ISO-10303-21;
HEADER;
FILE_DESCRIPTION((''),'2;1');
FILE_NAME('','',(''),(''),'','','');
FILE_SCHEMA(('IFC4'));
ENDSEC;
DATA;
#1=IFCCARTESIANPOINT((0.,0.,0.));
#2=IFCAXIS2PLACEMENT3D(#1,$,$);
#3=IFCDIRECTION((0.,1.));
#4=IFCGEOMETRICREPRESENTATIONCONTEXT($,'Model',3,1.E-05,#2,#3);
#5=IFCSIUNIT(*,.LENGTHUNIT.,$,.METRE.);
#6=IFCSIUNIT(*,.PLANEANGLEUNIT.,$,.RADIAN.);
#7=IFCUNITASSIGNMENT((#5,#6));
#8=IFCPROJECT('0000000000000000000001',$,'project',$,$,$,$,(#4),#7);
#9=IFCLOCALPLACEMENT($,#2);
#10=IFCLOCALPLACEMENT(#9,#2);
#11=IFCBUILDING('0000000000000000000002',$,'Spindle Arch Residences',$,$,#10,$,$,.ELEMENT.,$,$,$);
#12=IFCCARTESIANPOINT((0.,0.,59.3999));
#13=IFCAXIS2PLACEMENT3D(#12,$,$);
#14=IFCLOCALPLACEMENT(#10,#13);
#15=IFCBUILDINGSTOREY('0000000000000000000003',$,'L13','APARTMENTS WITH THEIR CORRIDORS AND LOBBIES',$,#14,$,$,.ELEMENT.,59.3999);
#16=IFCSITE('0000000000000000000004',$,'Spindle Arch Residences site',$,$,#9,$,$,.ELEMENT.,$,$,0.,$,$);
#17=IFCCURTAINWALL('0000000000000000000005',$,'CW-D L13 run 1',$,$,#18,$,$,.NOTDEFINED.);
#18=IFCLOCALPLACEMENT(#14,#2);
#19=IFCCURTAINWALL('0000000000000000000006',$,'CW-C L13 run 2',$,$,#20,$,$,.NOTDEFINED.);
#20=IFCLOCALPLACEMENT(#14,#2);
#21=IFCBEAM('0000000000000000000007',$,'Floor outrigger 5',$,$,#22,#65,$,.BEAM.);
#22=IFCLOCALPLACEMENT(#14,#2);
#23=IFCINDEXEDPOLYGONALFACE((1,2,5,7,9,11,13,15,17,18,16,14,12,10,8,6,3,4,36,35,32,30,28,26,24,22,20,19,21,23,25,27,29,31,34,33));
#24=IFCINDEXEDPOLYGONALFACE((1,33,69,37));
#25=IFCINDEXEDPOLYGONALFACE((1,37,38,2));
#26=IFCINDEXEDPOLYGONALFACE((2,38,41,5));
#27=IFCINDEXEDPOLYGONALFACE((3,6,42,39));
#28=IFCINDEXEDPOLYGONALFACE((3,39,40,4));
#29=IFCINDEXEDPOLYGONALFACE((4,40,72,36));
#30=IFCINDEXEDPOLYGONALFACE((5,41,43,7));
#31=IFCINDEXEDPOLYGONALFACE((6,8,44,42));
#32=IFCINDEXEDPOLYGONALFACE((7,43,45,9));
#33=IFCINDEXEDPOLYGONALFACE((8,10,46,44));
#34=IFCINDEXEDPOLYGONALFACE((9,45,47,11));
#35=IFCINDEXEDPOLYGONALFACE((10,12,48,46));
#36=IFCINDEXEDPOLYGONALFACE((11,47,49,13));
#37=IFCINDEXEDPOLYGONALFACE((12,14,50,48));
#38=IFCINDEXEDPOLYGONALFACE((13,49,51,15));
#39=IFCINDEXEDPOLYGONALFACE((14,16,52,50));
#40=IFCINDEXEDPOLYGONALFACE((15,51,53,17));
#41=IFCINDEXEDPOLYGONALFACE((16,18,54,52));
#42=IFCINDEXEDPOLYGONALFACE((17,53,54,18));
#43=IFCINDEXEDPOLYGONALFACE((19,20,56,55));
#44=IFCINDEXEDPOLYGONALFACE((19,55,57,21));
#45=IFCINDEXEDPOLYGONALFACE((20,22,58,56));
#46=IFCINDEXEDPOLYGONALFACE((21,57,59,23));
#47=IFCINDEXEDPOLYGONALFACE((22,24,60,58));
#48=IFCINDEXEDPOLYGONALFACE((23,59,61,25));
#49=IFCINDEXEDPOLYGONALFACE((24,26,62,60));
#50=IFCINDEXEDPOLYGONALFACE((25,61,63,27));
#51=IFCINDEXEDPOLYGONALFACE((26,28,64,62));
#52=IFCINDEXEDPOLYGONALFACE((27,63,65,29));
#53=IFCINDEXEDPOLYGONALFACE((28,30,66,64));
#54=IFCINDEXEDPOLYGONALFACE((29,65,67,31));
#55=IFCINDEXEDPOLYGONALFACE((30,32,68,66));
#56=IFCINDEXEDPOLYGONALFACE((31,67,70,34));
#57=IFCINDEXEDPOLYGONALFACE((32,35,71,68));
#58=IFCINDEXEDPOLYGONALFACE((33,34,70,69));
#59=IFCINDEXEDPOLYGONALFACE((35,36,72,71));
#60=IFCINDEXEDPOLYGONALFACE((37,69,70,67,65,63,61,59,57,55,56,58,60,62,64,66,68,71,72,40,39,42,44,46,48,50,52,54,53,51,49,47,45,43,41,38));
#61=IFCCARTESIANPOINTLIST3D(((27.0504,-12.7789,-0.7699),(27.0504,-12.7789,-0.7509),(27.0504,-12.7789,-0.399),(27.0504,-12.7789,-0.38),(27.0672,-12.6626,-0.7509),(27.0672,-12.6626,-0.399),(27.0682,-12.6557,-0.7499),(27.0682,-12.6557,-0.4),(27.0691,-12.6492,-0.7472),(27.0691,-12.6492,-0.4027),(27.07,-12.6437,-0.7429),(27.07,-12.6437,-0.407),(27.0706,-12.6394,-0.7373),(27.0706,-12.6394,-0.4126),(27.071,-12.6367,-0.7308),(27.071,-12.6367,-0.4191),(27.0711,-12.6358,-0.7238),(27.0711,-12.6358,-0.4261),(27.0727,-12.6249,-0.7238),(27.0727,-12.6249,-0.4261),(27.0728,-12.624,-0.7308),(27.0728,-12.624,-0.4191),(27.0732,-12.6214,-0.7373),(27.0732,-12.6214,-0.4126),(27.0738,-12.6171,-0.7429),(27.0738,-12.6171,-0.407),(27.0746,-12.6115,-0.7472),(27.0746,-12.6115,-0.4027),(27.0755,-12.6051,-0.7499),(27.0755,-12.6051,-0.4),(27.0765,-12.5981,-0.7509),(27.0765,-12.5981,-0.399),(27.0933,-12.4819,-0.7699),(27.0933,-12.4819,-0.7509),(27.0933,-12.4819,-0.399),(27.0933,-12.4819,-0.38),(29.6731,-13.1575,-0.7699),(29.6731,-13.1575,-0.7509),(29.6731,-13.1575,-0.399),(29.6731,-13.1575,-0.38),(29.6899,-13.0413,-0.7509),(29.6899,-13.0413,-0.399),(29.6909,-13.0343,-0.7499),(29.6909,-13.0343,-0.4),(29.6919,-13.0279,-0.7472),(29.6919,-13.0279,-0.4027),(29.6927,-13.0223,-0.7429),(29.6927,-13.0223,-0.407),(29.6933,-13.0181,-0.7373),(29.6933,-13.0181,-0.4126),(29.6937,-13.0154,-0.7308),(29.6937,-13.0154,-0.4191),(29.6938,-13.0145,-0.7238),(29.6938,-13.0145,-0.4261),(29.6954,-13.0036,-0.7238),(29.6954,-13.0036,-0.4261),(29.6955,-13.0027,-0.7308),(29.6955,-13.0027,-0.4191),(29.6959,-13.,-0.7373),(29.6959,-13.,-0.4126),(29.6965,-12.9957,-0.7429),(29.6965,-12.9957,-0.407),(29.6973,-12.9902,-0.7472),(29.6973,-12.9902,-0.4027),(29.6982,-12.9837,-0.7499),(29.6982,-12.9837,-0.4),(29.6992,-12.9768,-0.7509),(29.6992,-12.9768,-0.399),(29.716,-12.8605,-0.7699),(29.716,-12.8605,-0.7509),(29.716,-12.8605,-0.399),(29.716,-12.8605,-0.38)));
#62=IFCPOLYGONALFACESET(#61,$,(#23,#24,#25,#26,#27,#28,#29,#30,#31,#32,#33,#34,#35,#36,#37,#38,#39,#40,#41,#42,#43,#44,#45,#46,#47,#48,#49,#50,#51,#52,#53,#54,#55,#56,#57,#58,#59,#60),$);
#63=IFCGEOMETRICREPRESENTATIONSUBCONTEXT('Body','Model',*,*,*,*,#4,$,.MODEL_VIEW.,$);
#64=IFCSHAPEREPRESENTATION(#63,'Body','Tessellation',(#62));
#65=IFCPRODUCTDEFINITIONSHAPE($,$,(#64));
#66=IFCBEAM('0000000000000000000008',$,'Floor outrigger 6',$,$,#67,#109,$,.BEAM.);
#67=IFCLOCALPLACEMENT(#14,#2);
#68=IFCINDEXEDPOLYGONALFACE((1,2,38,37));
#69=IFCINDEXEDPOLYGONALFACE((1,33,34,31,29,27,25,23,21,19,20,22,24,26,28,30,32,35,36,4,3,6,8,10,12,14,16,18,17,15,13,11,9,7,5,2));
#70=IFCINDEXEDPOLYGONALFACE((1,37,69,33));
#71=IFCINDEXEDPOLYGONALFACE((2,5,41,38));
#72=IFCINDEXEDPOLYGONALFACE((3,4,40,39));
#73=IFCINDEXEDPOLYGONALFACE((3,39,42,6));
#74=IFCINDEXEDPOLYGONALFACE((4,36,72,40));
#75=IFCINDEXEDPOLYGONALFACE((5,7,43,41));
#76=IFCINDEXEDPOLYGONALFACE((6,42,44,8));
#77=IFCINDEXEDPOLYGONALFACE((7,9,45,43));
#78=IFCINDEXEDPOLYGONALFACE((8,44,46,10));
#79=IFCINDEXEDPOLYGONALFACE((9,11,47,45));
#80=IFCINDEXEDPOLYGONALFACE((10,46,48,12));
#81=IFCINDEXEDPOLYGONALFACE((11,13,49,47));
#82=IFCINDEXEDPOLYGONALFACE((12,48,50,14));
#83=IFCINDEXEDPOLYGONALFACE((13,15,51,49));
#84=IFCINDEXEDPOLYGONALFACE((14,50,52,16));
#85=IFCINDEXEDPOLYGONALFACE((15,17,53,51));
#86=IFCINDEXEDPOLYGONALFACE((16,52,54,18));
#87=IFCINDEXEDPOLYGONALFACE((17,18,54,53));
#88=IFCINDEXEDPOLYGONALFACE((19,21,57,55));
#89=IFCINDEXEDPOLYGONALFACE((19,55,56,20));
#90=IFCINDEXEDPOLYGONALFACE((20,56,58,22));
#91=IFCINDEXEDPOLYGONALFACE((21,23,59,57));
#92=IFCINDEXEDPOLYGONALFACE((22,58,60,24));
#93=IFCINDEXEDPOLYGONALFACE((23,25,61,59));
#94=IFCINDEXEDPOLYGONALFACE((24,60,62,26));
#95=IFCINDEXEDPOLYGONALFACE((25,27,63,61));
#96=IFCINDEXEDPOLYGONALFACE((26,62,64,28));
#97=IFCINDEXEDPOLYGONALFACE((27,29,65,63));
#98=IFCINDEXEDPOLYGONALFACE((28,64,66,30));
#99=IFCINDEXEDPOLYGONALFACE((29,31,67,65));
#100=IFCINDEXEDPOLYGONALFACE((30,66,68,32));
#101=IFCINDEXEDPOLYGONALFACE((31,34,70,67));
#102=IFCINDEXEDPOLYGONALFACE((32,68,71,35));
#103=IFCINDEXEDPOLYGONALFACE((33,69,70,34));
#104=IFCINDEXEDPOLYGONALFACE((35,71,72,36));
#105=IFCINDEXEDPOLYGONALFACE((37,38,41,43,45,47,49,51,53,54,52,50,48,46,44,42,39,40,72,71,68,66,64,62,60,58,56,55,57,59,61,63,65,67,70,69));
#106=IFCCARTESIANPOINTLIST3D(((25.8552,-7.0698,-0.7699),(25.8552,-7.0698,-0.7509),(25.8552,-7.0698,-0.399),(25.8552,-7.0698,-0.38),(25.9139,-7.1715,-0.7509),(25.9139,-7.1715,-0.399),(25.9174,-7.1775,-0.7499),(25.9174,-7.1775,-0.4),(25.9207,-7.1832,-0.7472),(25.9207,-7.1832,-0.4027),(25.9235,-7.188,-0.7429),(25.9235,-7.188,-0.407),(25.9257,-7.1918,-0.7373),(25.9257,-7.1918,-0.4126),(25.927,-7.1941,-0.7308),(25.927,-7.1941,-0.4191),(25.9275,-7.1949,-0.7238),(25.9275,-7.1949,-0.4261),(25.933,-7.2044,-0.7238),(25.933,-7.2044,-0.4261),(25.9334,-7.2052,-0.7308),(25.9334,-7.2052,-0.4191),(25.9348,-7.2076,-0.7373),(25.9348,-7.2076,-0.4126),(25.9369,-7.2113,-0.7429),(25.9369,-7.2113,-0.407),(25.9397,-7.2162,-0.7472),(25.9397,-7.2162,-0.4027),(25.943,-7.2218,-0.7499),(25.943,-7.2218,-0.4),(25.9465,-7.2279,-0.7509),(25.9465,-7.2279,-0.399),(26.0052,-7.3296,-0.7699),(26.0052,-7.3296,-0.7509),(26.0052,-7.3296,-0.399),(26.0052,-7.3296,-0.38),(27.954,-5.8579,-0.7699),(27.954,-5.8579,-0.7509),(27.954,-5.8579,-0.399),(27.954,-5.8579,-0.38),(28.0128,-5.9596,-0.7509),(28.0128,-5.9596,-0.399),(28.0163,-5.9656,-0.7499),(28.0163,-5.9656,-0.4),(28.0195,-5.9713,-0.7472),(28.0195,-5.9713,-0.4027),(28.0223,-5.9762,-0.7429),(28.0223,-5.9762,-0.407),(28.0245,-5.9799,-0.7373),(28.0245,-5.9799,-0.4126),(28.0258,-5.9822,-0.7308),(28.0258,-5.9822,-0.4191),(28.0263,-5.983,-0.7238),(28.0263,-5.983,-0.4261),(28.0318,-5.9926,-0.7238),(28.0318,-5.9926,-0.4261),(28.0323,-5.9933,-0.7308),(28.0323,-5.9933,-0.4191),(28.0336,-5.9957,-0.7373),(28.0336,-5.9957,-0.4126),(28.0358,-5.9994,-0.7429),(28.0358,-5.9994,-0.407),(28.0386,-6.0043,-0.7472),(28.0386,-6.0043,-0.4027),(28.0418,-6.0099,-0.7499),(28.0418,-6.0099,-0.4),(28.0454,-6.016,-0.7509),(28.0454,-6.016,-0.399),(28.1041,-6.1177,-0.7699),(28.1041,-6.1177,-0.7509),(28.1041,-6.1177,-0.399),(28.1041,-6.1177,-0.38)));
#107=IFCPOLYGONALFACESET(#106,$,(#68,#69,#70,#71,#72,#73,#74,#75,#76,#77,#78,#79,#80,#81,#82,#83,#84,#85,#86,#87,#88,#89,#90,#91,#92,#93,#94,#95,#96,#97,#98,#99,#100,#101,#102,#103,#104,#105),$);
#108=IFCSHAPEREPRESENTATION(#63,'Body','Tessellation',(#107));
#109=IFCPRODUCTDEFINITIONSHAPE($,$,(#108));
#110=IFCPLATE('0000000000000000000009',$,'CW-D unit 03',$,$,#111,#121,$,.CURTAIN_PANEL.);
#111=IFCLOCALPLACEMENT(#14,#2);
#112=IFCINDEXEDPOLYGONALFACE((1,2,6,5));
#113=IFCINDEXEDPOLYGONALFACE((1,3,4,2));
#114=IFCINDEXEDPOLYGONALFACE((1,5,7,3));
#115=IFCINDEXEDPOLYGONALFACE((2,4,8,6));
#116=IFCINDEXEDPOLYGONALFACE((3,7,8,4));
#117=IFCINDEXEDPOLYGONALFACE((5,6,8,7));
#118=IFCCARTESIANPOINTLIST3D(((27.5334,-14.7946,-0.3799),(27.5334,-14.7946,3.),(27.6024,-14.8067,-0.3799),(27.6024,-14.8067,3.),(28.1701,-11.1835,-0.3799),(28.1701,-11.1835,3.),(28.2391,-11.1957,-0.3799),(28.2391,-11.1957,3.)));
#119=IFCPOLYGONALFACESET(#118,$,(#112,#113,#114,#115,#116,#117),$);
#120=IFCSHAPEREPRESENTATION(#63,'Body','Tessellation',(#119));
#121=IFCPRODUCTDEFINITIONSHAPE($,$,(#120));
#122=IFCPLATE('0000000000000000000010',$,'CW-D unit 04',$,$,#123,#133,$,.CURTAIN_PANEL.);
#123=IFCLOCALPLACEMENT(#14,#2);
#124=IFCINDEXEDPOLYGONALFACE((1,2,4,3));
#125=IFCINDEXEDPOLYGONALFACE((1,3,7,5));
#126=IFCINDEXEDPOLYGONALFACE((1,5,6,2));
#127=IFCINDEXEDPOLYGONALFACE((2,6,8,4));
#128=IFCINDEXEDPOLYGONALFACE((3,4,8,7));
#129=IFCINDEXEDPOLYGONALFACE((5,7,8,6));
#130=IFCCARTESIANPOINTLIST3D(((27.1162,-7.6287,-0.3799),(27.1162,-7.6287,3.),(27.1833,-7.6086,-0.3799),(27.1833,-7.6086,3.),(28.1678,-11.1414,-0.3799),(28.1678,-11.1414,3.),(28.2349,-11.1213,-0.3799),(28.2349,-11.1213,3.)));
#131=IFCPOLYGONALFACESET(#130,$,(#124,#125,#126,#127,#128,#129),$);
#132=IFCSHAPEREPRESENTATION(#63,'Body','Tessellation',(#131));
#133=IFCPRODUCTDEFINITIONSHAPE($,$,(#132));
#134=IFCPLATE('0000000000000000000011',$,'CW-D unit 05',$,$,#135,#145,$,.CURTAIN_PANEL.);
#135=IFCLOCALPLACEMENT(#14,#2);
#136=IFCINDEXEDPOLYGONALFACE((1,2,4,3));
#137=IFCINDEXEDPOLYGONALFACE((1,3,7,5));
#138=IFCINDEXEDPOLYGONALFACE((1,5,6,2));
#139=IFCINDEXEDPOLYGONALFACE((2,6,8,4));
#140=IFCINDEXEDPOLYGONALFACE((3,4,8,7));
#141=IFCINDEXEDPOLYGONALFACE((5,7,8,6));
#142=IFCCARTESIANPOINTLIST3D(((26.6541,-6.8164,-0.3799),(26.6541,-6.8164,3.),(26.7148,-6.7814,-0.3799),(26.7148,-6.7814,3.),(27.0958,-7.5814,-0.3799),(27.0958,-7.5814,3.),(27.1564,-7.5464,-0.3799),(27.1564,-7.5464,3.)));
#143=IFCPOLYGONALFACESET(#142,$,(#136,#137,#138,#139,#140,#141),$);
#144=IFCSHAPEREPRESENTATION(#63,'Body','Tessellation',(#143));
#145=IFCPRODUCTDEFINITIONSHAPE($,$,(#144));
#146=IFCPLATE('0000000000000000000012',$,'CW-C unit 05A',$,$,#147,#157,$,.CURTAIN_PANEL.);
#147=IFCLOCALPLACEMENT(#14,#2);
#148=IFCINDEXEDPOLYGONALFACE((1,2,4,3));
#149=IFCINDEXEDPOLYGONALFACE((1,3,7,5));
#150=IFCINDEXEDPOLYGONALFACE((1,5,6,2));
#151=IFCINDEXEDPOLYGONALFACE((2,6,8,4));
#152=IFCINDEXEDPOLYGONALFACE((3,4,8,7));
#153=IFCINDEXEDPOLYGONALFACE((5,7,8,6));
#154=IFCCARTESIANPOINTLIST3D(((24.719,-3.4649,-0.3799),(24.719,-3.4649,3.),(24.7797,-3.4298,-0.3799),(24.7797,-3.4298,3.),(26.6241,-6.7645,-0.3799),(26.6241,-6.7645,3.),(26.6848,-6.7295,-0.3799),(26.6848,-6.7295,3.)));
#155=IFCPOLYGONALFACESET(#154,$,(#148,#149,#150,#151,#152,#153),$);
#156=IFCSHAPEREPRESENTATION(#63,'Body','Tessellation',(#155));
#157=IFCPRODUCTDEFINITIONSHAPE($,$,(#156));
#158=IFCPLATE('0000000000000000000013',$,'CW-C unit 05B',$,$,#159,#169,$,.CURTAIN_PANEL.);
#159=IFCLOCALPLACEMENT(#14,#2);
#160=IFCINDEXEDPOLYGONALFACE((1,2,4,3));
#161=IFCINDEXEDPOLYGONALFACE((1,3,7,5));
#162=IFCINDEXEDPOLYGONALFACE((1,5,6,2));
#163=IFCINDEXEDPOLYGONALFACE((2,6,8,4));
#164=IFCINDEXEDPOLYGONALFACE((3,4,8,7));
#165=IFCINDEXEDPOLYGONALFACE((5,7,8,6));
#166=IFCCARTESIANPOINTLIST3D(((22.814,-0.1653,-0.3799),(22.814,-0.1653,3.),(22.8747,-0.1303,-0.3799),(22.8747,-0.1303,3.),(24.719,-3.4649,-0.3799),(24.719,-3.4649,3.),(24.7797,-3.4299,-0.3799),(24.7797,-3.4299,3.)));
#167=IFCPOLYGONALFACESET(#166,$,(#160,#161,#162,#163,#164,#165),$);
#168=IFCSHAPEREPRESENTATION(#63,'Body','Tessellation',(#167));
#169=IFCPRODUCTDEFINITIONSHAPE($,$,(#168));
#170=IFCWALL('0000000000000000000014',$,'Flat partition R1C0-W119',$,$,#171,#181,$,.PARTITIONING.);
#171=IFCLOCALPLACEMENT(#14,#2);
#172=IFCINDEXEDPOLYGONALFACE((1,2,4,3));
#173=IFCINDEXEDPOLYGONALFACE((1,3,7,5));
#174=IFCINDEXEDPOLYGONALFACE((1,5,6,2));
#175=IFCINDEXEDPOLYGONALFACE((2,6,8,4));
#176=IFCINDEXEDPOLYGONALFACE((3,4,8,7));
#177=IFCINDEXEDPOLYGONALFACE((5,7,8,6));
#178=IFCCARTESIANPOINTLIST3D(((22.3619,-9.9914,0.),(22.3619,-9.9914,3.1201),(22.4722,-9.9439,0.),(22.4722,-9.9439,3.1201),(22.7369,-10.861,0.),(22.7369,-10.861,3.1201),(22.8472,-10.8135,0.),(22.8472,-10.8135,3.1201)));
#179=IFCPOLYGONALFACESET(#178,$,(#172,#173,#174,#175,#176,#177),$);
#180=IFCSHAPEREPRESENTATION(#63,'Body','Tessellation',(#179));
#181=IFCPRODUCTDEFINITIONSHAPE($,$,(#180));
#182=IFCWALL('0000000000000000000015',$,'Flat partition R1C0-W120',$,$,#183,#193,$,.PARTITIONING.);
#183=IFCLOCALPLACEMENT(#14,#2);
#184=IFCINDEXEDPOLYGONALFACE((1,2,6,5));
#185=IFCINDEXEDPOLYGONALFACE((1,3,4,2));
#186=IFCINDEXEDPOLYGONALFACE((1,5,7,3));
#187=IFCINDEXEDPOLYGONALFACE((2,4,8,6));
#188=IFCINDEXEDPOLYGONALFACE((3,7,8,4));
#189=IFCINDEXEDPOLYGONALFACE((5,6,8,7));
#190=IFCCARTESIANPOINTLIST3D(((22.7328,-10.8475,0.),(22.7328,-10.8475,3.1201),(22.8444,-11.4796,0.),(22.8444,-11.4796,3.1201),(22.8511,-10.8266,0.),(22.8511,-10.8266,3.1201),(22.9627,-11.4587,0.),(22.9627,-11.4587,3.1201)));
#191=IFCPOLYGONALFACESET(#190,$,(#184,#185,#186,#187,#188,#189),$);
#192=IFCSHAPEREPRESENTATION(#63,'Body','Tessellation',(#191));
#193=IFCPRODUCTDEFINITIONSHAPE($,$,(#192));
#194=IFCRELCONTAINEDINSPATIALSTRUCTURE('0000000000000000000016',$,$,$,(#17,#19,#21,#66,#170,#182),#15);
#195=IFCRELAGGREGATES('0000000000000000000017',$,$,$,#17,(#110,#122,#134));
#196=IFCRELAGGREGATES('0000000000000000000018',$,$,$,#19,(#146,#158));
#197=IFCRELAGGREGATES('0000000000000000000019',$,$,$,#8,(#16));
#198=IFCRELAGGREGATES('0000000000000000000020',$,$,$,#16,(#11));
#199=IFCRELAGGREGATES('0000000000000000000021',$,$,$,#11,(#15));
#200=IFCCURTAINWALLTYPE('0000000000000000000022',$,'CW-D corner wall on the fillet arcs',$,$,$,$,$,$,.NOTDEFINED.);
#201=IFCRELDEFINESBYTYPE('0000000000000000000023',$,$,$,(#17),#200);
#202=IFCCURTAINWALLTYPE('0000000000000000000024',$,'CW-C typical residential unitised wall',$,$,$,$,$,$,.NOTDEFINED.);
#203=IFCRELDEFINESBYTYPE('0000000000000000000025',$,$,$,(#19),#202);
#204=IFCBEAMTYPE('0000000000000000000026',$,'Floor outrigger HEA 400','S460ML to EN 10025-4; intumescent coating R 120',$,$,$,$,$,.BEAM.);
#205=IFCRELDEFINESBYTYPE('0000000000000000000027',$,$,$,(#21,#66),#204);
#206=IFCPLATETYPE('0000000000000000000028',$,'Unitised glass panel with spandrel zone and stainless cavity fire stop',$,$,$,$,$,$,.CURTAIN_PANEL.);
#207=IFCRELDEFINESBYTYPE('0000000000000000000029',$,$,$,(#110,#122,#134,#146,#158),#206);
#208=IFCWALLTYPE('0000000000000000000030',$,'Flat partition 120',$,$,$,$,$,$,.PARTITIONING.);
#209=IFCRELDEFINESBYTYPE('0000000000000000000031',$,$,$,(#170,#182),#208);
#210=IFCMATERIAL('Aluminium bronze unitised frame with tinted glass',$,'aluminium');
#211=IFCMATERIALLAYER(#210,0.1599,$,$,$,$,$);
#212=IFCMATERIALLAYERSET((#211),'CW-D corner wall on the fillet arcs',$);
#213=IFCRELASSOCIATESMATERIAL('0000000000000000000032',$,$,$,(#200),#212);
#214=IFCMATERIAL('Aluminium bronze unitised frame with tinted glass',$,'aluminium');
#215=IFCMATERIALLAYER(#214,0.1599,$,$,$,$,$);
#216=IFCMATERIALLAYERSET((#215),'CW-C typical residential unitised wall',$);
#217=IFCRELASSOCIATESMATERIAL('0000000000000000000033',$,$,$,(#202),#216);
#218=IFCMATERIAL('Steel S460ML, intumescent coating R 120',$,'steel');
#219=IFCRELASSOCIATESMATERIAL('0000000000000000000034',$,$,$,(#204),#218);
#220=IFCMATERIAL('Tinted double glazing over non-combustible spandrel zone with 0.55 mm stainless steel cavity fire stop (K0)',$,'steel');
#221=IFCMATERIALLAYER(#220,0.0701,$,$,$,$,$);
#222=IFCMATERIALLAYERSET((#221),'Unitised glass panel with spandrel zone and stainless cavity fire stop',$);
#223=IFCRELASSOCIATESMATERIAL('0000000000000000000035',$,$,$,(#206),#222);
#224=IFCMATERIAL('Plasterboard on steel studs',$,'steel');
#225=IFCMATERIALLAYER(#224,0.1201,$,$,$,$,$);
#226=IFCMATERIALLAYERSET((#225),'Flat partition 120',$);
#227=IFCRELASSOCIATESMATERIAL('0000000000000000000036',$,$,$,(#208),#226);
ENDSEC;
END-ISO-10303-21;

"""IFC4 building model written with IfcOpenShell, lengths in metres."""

from ifc_helpers import new_model, si_unit, direction, frame, frame_2d, origin, origin_2d, place, context, subcontext, project, spatial, rectangle, i_section, extrude, material, layer, layer_set, material_profile, profile_set, type_object, element, aggregate, save


model = new_model("IFC4")

# Units and contexts
model_context = context("Model", 3, precision=1e-05, world=origin(), true_north=direction((0.0, 1.0)))
body_context = subcontext(model_context, "Body", "Model", "MODEL_VIEW")
ifc_project = project(units=[si_unit("LENGTHUNIT", "METRE"), si_unit("PLANEANGLEUNIT", "RADIAN")], contexts=[model_context])

# Site, building, storey
site_placement = place(None, origin())
site = spatial("IfcSite", under=ifc_project, at=site_placement, Name="Spindle Arch Residences site", CompositionType="ELEMENT", RefElevation=0.0)
building_placement = place(site_placement, origin())
building = spatial("IfcBuilding", under=site, at=building_placement, Name="Spindle Arch Residences", CompositionType="ELEMENT")
storey_placement = place(building_placement, frame((0.0, 0.0, 59.3999)))
storey = spatial("IfcBuildingStorey", under=building, at=storey_placement, Name="L13", Description="APARTMENTS WITH THEIR CORRIDORS AND LOBBIES", CompositionType="ELEMENT", Elevation=59.3999)

# Curtain walls
ifc_material_1 = material(Name="Aluminium bronze unitised frame with tinted glass", Category="aluminium")
ifc_layer_1 = layer(ifc_material_1, 0.1599)
ifc_layer_set_1 = layer_set([ifc_layer_1], Name="CW-D corner wall on the fillet arcs")
curtain_wall_type_1 = type_object("IfcCurtainWallType", Name="CW-D corner wall on the fillet arcs", PredefinedType="NOTDEFINED", material=ifc_layer_set_1)
curtain_wall_1_placement = place(storey_placement, origin())
curtain_wall_1 = element("IfcCurtainWall", 1, at=curtain_wall_1_placement, inside=storey, type_object=curtain_wall_type_1, Name="CW-D L13 run 1", PredefinedType="NOTDEFINED")
ifc_material_2 = material(Name="Aluminium bronze unitised frame with tinted glass", Category="aluminium")
ifc_layer_2 = layer(ifc_material_2, 0.1599)
ifc_layer_set_2 = layer_set([ifc_layer_2], Name="CW-C typical residential unitised wall")
curtain_wall_type_2 = type_object("IfcCurtainWallType", Name="CW-C typical residential unitised wall", PredefinedType="NOTDEFINED", material=ifc_layer_set_2)
curtain_wall_2_placement = place(storey_placement, origin())
curtain_wall_2 = element("IfcCurtainWall", 2, at=curtain_wall_2_placement, inside=storey, type_object=curtain_wall_type_2, Name="CW-C L13 run 2", PredefinedType="NOTDEFINED")

# Beams
ifc_material_3 = material(Name="Steel S460ML, intumescent coating R 120", Category="steel")
ifc_material_profile_1 = material_profile(ifc_material_3, i_section(OverallWidth=0.3, OverallDepth=0.3899, WebThickness=0.011, FlangeThickness=0.019, FilletRadius=0.0271, at=origin_2d()), Name="HEA 400")
ifc_profile_set_1 = profile_set([ifc_material_profile_1], Name="Steel S460ML, intumescent coating R 120")
beam_type_1 = type_object("IfcBeamType", Name="Floor outrigger HEA 400", Description="S460ML to EN 10025-4; intumescent coating R 120", PredefinedType="BEAM", material=ifc_profile_set_1)
beam_1_placement = place(storey_placement, frame((29.6946, -13.009, -0.575), z_axis=(-0.989738, 0.142892, 0.0), x_axis=(-0.142892, -0.989738, 0.0)))
element("IfcBeam", 3, at=beam_1_placement, inside=storey, type_object=beam_type_1, Name="Floor outrigger 5", PredefinedType="BEAM", context=body_context, shape_type="SweptSolid", body=[
    extrude(i_section(OverallWidth=0.3, OverallDepth=0.3899, WebThickness=0.011, FlangeThickness=0.019, FilletRadius=0.0271, at=origin_2d()), origin(), (0.0, 0.0, 1.0), 2.6499),
])
beam_2_placement = place(storey_placement, frame((28.0291, -5.9878, -0.575), z_axis=(-0.866003, -0.500039, 0.0), x_axis=(0.500039, -0.866003, 0.0)))
element("IfcBeam", 4, at=beam_2_placement, inside=storey, type_object=beam_type_1, Name="Floor outrigger 6", PredefinedType="BEAM", context=body_context, shape_type="SweptSolid", body=[
    extrude(i_section(OverallWidth=0.3, OverallDepth=0.3899, WebThickness=0.011, FlangeThickness=0.019, FilletRadius=0.0271, at=origin_2d()), origin(), (0.0, 0.0, 1.0), 2.4236),
])

# Plates
ifc_material_4 = material(Name="Tinted double glazing over non-combustible spandrel zone with 0.55 mm stainless steel cavity fire stop (K0)", Category="steel")
ifc_layer_3 = layer(ifc_material_4, 0.0701)
ifc_layer_set_3 = layer_set([ifc_layer_3], Name="Unitised glass panel with spandrel zone and stainless cavity fire stop")
plate_type = type_object("IfcPlateType", Name="Unitised glass panel with spandrel zone and stainless cavity fire stop", PredefinedType="CURTAIN_PANEL", material=ifc_layer_set_3)
plate_1_placement = place(storey_placement, frame((27.8862, -12.9951, -0.3799), z_axis=(0.0, 0.0, 1.0), x_axis=(0.173648, 0.984808, 0.0)))
plate_1 = element("IfcPlate", 5, at=plate_1_placement, type_object=plate_type, Name="CW-D unit 03", PredefinedType="CURTAIN_PANEL", context=body_context, shape_type="SweptSolid", body=[
    extrude(rectangle(XDim=3.6667, YDim=0.0701, at=origin_2d()), origin(), (0.0, 0.0, 1.0), 3.3799),
])
plate_2_placement = place(storey_placement, frame((27.6755, -9.375, -0.3799), z_axis=(0.0, 0.0, 1.0), x_axis=(-0.286803, 0.95799, 0.0)))
plate_2 = element("IfcPlate", 6, at=plate_2_placement, type_object=plate_type, Name="CW-D unit 04", PredefinedType="CURTAIN_PANEL", context=body_context, shape_type="SweptSolid", body=[
    extrude(rectangle(XDim=3.6667, YDim=0.0701, at=origin_2d()), origin(), (0.0, 0.0, 1.0), 3.3799),
])
plate_3_placement = place(storey_placement, frame((26.9053, -7.1814, -0.3799), z_axis=(0.0, 0.0, 1.0), x_axis=(-0.5, 0.866025, 0.0)))
plate_3 = element("IfcPlate", 7, at=plate_3_placement, type_object=plate_type, Name="CW-D unit 05", PredefinedType="CURTAIN_PANEL", context=body_context, shape_type="SweptSolid", body=[
    extrude(rectangle(XDim=0.8833, YDim=0.0701, at=origin_2d()), origin(), (0.0, 0.0, 1.0), 3.3799),
])
aggregate(curtain_wall_1, [plate_1, plate_2, plate_3])
plate_4_placement = place(storey_placement, frame((25.7019, -5.0972, -0.3799), z_axis=(0.0, 0.0, 1.0), x_axis=(-0.5, 0.866025, 0.0)))
plate_4 = element("IfcPlate", 8, at=plate_4_placement, type_object=plate_type, Name="CW-C unit 05A", PredefinedType="CURTAIN_PANEL", context=body_context, shape_type="SweptSolid", body=[
    extrude(rectangle(XDim=3.8101, YDim=0.0701, at=origin_2d()), origin(), (0.0, 0.0, 1.0), 3.3799),
])
plate_5_placement = place(storey_placement, frame((23.7969, -1.7976, -0.3799), z_axis=(0.0, 0.0, 1.0), x_axis=(-0.5, 0.866025, 0.0)))
plate_5 = element("IfcPlate", 9, at=plate_5_placement, type_object=plate_type, Name="CW-C unit 05B", PredefinedType="CURTAIN_PANEL", context=body_context, shape_type="SweptSolid", body=[
    extrude(rectangle(XDim=3.8101, YDim=0.0701, at=origin_2d()), origin(), (0.0, 0.0, 1.0), 3.3799),
])
aggregate(curtain_wall_2, [plate_4, plate_5])

# Walls
ifc_material_5 = material(Name="Plasterboard on steel studs", Category="steel")
ifc_layer_4 = layer(ifc_material_5, 0.1201)
ifc_layer_set_4 = layer_set([ifc_layer_4], Name="Flat partition 120")
wall_type = type_object("IfcWallType", Name="Flat partition 120", PredefinedType="PARTITIONING", material=ifc_layer_set_4)
wall_1_placement = place(storey_placement, frame((22.417, -9.9675, 0.0), z_axis=(0.0, 0.0, 1.0), x_axis=(0.395972, -0.918263, 0.0)))
element("IfcWall", 10, at=wall_1_placement, inside=storey, type_object=wall_type, Name="Flat partition R1C0-W119", PredefinedType="PARTITIONING", context=body_context, shape_type="SweptSolid", body=[
    extrude(rectangle(XDim=0.947, YDim=0.1201, at=frame_2d((0.4736, 0.0))), origin(), (0.0, 0.0, 1.0), 3.1201),
])
wall_2_placement = place(storey_placement, frame((22.792, -10.8372, 0.0), z_axis=(0.0, 0.0, 1.0), x_axis=(0.173829, -0.984776, 0.0)))
element("IfcWall", 11, at=wall_2_placement, inside=storey, type_object=wall_type, Name="Flat partition R1C0-W120", PredefinedType="PARTITIONING", context=body_context, shape_type="SweptSolid", body=[
    extrude(rectangle(XDim=0.6418, YDim=0.1201, at=frame_2d((0.3208, 0.0))), origin(), (0.0, 0.0, 1.0), 3.1201),
])

save(model, "model.ifc")
